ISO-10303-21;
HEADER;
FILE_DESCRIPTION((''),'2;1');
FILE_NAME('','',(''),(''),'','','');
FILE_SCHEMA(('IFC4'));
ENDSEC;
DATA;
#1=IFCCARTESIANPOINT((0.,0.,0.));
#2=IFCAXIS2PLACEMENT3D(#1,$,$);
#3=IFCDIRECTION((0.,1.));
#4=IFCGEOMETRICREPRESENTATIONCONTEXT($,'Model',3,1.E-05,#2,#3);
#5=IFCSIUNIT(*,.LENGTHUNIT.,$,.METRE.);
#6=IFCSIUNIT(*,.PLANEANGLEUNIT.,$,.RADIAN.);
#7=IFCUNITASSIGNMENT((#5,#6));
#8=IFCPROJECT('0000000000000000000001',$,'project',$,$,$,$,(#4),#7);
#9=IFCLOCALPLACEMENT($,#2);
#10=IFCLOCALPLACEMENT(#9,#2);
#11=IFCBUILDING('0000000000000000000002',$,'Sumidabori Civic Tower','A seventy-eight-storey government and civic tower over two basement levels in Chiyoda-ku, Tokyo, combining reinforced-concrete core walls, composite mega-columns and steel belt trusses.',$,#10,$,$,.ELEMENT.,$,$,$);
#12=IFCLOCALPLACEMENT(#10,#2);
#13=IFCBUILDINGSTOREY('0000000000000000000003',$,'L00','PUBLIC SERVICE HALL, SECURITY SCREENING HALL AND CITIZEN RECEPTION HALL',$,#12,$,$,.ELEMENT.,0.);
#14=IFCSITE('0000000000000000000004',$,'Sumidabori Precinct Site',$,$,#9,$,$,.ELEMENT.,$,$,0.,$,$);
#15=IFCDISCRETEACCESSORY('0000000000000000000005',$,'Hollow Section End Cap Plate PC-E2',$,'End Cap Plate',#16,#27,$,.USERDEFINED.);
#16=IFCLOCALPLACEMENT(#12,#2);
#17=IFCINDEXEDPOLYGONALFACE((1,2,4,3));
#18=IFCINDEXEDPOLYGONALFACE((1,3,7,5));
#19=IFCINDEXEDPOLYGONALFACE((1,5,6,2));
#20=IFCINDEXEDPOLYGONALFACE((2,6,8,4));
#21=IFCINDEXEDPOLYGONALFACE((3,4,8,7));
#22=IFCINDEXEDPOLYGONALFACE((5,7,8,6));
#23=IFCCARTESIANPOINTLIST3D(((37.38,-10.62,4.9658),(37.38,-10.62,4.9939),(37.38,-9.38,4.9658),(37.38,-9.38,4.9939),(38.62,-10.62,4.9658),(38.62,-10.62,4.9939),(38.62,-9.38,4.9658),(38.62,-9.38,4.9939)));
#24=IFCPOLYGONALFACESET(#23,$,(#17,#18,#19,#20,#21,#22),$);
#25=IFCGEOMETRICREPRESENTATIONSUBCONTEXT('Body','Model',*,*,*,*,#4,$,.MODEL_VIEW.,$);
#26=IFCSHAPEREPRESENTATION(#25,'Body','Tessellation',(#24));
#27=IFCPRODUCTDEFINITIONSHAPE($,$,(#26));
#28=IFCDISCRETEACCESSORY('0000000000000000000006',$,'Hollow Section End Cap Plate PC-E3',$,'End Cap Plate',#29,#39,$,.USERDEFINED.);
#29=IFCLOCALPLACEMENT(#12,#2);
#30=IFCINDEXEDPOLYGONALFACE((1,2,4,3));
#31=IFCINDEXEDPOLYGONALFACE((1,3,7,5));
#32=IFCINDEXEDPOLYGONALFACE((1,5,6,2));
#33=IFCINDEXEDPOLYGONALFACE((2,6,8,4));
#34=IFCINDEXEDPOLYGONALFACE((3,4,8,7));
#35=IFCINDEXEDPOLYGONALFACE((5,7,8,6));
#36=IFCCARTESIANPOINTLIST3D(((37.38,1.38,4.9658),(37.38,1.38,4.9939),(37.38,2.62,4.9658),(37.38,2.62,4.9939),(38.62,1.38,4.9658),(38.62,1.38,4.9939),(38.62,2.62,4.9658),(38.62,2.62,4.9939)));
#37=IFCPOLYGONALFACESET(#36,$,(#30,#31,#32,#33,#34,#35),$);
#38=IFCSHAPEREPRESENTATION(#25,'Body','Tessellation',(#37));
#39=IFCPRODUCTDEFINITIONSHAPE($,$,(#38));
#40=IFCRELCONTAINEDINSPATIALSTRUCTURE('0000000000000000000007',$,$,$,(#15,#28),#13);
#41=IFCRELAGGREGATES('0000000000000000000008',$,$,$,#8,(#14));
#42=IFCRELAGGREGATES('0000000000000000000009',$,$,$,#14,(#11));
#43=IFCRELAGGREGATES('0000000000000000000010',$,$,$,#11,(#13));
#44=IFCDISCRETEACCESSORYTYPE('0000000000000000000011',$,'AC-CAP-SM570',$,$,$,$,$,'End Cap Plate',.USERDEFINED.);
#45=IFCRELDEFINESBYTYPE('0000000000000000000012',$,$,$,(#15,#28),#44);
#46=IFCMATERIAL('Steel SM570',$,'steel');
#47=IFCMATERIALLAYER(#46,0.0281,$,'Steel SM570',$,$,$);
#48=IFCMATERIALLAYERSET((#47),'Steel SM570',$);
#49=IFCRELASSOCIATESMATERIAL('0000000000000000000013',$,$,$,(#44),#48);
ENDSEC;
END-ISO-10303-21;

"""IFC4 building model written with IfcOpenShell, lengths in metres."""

from ifc_helpers import new_model, si_unit, direction, frame, origin, origin_2d, place, context, subcontext, project, spatial, rectangle, extrude, source, transform, mapped, material, layer, layer_set, type_object, element, save


model = new_model("IFC4")

# Units and contexts
model_context = context("Model", 3, precision=1e-05, world=origin(), true_north=direction((0.0, 1.0)))
body_context = subcontext(model_context, "Body", "Model", "MODEL_VIEW")
ifc_project = project(units=[si_unit("LENGTHUNIT", "METRE"), si_unit("PLANEANGLEUNIT", "RADIAN")], contexts=[model_context])

# Site, building, storey
site_placement = place(None, origin())
site = spatial("IfcSite", under=ifc_project, at=site_placement, Name="Sumidabori Precinct Site", CompositionType="ELEMENT", RefElevation=0.0)
building_placement = place(site_placement, origin())
building = spatial("IfcBuilding", under=site, at=building_placement, Name="Sumidabori Civic Tower", Description="A seventy-eight-storey government and civic tower over two basement levels in Chiyoda-ku, Tokyo, combining reinforced-concrete core walls, composite mega-columns and steel belt trusses.", CompositionType="ELEMENT")
storey_placement = place(building_placement, origin())
storey = spatial("IfcBuildingStorey", under=building, at=storey_placement, Name="L00", Description="PUBLIC SERVICE HALL, SECURITY SCREENING HALL AND CITIZEN RECEPTION HALL", CompositionType="ELEMENT", Elevation=0.0)

# Shared definitions
ifc_material_1 = material(Name="Steel SM570", Category="steel")

# Discrete accessories
ifc_layer_1 = layer(ifc_material_1, 0.0281, Name="Steel SM570")
ifc_layer_set_1 = layer_set([ifc_layer_1], Name="Steel SM570")
discrete_accessory_type = type_object("IfcDiscreteAccessoryType", Name="AC-CAP-SM570", ElementType="End Cap Plate", PredefinedType="USERDEFINED", material=ifc_layer_set_1)
shared_shape_1 = source(origin(), body_context, "Body", "SweptSolid", [
    extrude(rectangle(XDim=1.24, YDim=1.24, at=origin_2d()), origin(), (0.0, 0.0, 1.0), 0.0281),
])
for number, where, z_axis, x_axis, name in (
    (1, (38.0, -10.0, 4.9658), (0.0, 0.0, 1.0), (1.0, 0.0, 0.0), "Hollow Section End Cap Plate PC-E2"),
    (2, (38.0, 2.0, 4.9658), (0.0, 0.0, 1.0), (1.0, 0.0, 0.0), "Hollow Section End Cap Plate PC-E3"),
):
    element("IfcDiscreteAccessory", number, at=place(storey_placement, frame(where, z_axis=z_axis, x_axis=x_axis)), inside=storey, type_object=discrete_accessory_type, Name=name, ObjectType="End Cap Plate", PredefinedType="USERDEFINED", context=body_context, shape_type="MappedRepresentation", body=[
        mapped(shared_shape_1, transform((0.0, 0.0, 0.0), x_axis=(1.0, 0.0, 0.0), y_axis=(0.0, 1.0, 0.0), z_axis=(0.0, 0.0, 1.0), scale=1.0)),
    ])

save(model, "model.ifc")
